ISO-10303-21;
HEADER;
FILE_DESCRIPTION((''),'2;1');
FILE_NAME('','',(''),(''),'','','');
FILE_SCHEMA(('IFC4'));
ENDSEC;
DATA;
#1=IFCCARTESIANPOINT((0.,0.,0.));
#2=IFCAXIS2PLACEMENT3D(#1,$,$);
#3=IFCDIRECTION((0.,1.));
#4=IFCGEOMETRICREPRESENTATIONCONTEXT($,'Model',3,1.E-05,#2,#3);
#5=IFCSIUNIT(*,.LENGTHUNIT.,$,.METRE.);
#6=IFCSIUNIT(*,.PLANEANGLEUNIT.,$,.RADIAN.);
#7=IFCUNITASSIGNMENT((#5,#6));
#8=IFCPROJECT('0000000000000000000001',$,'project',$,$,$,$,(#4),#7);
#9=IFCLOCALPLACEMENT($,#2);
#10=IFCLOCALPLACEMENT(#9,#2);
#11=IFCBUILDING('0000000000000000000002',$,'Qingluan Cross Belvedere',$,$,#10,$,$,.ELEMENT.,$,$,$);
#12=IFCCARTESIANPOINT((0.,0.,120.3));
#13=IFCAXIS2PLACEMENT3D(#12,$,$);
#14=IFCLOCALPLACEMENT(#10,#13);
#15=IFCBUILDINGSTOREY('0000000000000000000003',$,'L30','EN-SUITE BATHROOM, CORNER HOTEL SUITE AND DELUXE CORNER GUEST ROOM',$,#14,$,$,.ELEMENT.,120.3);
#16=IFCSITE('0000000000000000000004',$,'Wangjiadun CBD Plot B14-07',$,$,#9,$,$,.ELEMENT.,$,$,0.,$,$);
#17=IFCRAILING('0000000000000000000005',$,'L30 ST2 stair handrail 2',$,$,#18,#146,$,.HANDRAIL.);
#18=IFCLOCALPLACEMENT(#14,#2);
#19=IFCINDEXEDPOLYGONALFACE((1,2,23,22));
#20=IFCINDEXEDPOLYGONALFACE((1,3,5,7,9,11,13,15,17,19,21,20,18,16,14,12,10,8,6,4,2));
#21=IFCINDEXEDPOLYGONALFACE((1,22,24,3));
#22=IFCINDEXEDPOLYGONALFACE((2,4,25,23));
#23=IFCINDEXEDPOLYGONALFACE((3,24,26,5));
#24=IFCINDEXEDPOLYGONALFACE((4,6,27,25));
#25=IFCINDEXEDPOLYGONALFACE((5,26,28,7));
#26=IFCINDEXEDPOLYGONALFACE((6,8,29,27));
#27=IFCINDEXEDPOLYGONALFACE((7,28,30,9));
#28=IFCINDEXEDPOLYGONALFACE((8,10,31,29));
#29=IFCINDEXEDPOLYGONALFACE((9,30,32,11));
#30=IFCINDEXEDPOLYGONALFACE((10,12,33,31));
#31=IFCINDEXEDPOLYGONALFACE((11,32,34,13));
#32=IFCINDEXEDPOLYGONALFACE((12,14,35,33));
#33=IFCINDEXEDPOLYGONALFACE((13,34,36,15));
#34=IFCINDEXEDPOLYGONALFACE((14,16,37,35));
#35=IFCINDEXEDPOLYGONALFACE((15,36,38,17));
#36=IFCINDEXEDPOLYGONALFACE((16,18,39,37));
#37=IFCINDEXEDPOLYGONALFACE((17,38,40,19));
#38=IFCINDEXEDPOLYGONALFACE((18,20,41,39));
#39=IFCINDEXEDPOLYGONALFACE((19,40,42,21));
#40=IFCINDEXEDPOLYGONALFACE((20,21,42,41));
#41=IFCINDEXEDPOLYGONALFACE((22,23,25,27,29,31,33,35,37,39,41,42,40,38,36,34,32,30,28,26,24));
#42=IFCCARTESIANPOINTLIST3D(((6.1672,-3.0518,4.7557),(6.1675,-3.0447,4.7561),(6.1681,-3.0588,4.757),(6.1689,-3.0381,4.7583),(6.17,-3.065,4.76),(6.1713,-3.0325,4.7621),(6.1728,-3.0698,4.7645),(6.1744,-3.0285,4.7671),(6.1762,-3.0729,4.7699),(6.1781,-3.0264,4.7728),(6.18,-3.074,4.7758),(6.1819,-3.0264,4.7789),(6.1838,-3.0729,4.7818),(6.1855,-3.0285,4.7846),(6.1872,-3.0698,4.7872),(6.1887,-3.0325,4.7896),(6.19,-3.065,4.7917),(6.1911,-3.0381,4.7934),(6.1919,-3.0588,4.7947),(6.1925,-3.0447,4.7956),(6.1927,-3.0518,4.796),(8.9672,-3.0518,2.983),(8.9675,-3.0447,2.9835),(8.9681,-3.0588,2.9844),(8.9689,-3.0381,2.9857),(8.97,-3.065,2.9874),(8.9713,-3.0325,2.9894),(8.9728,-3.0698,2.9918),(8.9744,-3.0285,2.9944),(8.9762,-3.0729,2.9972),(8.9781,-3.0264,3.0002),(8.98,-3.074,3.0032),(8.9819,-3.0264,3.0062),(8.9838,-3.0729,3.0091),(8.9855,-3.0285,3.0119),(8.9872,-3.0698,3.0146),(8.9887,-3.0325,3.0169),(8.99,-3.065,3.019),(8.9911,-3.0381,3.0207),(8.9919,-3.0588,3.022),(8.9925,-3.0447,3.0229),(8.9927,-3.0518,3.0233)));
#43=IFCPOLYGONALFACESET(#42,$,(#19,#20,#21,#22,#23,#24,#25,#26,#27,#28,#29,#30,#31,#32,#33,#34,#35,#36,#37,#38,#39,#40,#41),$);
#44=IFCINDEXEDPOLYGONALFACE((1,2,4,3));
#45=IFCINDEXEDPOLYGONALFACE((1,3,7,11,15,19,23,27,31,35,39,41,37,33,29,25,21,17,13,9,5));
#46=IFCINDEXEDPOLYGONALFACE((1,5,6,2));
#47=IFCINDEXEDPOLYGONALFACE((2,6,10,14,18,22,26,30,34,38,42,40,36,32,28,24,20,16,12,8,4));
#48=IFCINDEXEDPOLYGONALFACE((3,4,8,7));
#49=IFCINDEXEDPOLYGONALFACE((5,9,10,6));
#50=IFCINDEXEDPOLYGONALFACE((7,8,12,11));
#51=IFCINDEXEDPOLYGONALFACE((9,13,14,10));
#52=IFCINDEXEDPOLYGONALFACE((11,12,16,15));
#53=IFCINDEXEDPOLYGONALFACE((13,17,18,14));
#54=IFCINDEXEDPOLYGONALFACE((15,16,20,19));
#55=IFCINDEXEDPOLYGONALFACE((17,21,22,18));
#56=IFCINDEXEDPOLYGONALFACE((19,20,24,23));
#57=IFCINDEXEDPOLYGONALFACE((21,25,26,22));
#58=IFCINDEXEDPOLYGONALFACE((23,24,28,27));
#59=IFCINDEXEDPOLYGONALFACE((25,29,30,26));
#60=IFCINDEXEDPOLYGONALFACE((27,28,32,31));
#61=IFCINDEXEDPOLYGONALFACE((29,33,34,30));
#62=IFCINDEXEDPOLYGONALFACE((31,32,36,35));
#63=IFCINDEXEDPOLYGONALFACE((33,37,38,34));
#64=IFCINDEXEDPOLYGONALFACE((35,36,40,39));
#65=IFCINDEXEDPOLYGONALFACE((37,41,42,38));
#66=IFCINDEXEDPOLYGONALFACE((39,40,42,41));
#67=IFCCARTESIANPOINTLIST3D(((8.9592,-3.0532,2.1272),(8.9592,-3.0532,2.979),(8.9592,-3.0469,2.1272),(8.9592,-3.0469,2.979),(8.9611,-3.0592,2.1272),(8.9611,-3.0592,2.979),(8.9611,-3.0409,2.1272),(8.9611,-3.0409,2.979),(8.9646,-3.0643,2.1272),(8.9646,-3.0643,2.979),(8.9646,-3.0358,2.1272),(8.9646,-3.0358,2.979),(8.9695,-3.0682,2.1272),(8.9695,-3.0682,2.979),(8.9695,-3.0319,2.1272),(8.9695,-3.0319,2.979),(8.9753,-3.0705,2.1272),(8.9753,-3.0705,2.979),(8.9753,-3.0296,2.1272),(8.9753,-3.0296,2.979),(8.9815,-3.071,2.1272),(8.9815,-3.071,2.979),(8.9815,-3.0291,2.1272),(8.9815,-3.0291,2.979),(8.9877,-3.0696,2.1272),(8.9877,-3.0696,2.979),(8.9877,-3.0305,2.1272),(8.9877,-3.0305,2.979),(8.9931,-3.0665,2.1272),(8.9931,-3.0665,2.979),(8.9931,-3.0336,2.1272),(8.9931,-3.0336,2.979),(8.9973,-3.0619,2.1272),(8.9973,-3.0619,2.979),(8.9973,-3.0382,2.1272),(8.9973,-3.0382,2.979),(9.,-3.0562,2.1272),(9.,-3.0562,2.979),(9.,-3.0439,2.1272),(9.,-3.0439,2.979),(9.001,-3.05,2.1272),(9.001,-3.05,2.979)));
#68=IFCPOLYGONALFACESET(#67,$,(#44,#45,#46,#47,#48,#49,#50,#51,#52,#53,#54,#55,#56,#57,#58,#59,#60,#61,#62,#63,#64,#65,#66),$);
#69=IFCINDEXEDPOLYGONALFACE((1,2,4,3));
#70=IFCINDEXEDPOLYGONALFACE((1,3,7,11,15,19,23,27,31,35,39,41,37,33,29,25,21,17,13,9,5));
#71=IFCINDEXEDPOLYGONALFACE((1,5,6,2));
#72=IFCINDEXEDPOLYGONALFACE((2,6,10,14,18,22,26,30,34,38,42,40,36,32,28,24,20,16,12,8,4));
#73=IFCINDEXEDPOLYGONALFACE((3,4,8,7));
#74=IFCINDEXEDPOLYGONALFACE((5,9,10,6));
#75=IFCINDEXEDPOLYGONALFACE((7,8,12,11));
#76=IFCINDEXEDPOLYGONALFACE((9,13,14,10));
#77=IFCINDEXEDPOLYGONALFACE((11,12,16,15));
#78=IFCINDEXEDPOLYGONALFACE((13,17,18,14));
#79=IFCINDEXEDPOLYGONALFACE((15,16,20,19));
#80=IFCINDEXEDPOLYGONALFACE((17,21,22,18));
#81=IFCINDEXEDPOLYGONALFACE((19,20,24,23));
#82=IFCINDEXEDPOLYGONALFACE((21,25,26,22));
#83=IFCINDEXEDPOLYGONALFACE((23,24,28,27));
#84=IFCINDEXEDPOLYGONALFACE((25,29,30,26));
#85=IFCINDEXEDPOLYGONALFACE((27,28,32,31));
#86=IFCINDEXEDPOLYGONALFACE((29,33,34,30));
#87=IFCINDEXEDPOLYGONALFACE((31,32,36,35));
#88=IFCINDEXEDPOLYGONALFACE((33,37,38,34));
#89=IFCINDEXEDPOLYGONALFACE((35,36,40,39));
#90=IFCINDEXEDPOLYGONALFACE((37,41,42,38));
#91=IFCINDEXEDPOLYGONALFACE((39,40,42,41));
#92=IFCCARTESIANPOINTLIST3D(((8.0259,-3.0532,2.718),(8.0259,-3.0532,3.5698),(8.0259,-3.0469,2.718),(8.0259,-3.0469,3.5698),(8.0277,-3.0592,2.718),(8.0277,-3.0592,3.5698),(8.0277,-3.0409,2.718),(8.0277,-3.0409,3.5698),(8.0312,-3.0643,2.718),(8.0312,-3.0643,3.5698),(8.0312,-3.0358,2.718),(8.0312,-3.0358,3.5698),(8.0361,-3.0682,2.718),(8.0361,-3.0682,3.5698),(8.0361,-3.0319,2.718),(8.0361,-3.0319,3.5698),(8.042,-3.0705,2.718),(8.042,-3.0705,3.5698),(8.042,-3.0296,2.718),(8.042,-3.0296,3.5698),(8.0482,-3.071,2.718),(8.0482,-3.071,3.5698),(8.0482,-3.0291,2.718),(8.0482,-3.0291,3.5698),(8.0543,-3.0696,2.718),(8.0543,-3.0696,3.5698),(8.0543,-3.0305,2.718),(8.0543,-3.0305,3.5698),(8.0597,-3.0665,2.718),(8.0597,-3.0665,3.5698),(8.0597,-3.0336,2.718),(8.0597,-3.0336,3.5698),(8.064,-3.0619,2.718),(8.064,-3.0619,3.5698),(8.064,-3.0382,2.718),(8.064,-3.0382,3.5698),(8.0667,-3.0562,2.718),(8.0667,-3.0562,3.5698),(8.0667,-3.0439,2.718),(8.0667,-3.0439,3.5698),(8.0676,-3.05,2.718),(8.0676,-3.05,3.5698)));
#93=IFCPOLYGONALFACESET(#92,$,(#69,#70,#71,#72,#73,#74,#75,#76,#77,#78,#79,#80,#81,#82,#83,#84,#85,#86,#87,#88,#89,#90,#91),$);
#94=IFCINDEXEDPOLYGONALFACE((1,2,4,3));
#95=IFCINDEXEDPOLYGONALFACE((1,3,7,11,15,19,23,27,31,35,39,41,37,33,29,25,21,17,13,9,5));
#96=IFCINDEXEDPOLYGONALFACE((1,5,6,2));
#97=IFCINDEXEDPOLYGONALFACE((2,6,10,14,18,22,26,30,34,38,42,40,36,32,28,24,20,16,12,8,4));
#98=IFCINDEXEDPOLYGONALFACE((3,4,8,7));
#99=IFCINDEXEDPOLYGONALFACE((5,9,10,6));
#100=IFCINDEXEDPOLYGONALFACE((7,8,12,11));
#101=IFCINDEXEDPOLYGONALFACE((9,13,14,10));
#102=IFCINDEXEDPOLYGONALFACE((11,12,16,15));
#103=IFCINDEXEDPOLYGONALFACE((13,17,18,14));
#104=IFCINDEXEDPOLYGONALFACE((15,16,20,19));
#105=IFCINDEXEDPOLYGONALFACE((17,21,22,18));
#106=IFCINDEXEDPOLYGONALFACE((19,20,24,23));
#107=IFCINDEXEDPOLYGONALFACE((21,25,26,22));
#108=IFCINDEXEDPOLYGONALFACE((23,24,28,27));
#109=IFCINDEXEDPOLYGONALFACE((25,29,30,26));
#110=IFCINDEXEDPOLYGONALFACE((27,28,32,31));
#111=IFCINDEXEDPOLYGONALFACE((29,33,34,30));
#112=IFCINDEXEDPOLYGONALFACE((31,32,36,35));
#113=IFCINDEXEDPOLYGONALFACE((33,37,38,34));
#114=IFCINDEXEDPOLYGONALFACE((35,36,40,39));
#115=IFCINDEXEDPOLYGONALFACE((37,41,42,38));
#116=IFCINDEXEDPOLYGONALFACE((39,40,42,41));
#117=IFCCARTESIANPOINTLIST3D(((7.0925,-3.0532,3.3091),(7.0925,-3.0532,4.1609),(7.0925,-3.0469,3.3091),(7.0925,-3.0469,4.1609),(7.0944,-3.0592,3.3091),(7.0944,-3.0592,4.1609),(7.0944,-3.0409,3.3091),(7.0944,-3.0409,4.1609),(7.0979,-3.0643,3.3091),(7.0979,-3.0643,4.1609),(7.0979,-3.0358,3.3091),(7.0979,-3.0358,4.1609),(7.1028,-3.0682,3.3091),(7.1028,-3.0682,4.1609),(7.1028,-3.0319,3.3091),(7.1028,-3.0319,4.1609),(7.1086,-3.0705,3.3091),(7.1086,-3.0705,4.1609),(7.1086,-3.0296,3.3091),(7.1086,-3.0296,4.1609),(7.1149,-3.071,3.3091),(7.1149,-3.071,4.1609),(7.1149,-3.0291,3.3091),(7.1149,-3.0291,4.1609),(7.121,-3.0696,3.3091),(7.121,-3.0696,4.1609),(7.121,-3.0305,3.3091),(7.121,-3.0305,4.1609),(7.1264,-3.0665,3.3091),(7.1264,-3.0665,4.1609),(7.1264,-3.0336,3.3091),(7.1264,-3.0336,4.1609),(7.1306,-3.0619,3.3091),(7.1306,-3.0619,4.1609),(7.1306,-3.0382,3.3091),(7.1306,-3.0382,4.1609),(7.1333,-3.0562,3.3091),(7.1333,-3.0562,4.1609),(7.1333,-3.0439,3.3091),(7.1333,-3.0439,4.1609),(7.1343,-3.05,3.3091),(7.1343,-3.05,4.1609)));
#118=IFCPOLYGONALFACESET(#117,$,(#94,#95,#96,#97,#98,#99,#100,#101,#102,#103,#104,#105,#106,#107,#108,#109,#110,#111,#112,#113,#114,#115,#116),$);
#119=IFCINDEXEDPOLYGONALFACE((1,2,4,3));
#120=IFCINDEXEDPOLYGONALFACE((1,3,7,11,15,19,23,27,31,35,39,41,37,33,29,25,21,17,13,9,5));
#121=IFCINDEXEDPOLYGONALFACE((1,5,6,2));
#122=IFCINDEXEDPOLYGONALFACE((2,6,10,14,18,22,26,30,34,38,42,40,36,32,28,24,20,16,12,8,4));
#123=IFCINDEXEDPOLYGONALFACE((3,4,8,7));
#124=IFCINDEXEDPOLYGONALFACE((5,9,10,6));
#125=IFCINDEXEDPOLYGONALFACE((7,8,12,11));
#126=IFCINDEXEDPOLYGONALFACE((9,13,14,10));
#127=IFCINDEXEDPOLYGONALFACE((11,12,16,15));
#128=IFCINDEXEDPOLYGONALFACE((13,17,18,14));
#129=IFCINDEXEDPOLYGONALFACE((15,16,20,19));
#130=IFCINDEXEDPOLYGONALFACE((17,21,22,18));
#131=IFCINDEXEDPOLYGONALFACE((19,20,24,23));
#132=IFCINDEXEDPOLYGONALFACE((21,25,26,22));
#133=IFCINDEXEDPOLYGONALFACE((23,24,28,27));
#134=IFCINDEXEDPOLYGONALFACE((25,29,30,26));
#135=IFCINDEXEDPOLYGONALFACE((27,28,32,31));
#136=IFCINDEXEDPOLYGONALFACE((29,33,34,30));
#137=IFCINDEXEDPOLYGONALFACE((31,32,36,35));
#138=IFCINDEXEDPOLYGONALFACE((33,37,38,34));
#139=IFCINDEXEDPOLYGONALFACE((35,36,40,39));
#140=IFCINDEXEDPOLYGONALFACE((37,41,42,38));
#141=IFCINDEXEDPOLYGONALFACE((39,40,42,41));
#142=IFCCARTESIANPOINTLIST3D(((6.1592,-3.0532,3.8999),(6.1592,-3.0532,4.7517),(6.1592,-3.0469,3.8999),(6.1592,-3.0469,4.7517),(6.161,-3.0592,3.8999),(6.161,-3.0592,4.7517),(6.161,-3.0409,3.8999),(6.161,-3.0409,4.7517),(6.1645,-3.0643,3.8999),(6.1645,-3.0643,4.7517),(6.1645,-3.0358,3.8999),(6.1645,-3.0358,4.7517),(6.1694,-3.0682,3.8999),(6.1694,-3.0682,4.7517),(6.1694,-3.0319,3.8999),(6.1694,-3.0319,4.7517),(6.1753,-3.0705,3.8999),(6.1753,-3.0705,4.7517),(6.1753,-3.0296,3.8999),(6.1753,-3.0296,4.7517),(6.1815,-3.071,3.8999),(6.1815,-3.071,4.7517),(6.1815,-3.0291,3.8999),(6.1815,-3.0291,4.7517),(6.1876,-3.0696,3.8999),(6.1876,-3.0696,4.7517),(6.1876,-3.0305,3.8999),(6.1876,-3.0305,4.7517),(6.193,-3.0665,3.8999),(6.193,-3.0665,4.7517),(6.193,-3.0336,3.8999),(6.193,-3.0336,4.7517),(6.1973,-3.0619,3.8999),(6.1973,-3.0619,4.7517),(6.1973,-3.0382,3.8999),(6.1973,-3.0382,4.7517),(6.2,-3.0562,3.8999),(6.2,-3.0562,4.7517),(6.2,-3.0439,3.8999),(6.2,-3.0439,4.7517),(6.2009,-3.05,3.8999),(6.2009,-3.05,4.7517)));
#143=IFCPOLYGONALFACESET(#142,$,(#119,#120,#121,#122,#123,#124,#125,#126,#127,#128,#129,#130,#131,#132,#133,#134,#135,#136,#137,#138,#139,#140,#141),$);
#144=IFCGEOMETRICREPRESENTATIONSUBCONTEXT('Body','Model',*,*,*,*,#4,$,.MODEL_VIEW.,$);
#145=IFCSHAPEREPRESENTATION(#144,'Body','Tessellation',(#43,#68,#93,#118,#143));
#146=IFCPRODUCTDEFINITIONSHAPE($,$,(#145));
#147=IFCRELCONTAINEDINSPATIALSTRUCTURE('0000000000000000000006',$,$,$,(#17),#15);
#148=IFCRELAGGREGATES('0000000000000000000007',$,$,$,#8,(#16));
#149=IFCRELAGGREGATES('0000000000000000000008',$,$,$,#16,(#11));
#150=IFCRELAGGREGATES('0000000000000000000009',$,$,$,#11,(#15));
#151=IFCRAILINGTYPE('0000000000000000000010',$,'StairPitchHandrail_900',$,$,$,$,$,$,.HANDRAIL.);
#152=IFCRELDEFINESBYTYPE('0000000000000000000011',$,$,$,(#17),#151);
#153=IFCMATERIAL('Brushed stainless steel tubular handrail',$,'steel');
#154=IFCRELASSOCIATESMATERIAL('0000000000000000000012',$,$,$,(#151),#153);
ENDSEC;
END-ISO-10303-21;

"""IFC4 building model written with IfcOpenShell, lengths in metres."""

from ifc_helpers import new_model, si_unit, direction, frame, origin, origin_2d, place, context, subcontext, project, spatial, circle, extrude, material, type_object, element, save


model = new_model("IFC4")

# Units and contexts
model_context = context("Model", 3, precision=1e-05, world=origin(), true_north=direction((0.0, 1.0)))
body_context = subcontext(model_context, "Body", "Model", "MODEL_VIEW")
ifc_project = project(units=[si_unit("LENGTHUNIT", "METRE"), si_unit("PLANEANGLEUNIT", "RADIAN")], contexts=[model_context])

# Site, building, storey
site_placement = place(None, origin())
site = spatial("IfcSite", under=ifc_project, at=site_placement, Name="Wangjiadun CBD Plot B14-07", CompositionType="ELEMENT", RefElevation=0.0)
building_placement = place(site_placement, origin())
building = spatial("IfcBuilding", under=site, at=building_placement, Name="Qingluan Cross Belvedere", CompositionType="ELEMENT")
storey_placement = place(building_placement, frame((0.0, 0.0, 120.3)))
storey = spatial("IfcBuildingStorey", under=building, at=storey_placement, Name="L30", Description="EN-SUITE BATHROOM, CORNER HOTEL SUITE AND DELUXE CORNER GUEST ROOM", CompositionType="ELEMENT", Elevation=120.3)

# Railing
ifc_material_1 = material(Name="Brushed stainless steel tubular handrail", Category="steel")
railing_type_1 = type_object("IfcRailingType", Name="StairPitchHandrail_900", PredefinedType="HANDRAIL", material=ifc_material_1)
railing_1_placement = place(storey_placement, frame((8.98, -3.05, 2.1272)))
element("IfcRailing", 1, at=railing_1_placement, inside=storey, type_object=railing_type_1, Name="L30 ST2 stair handrail 2", PredefinedType="HANDRAIL", context=body_context, shape_type="SweptSolid", body=[
    extrude(circle(Radius=0.0239, at=origin_2d()), frame((0.0, 0.0, 0.876), z_axis=(-0.844909, 0.0, 0.53491), x_axis=(0.0, -1.0, 0.0)), (0.0, 0.0, 1.0), 3.314),
    extrude(circle(Radius=0.021, at=origin_2d()), origin(), (0.0, 0.0, 1.0), 0.8518),
    extrude(circle(Radius=0.021, at=origin_2d()), frame((-0.9333, 0.0, 0.5908)), (0.0, 0.0, 1.0), 0.8518),
    extrude(circle(Radius=0.021, at=origin_2d()), frame((-1.8667, 0.0, 1.1819)), (0.0, 0.0, 1.0), 0.8518),
    extrude(circle(Radius=0.021, at=origin_2d()), frame((-2.8, 0.0, 1.7727)), (0.0, 0.0, 1.0), 0.8518),
])

save(model, "model.ifc")
